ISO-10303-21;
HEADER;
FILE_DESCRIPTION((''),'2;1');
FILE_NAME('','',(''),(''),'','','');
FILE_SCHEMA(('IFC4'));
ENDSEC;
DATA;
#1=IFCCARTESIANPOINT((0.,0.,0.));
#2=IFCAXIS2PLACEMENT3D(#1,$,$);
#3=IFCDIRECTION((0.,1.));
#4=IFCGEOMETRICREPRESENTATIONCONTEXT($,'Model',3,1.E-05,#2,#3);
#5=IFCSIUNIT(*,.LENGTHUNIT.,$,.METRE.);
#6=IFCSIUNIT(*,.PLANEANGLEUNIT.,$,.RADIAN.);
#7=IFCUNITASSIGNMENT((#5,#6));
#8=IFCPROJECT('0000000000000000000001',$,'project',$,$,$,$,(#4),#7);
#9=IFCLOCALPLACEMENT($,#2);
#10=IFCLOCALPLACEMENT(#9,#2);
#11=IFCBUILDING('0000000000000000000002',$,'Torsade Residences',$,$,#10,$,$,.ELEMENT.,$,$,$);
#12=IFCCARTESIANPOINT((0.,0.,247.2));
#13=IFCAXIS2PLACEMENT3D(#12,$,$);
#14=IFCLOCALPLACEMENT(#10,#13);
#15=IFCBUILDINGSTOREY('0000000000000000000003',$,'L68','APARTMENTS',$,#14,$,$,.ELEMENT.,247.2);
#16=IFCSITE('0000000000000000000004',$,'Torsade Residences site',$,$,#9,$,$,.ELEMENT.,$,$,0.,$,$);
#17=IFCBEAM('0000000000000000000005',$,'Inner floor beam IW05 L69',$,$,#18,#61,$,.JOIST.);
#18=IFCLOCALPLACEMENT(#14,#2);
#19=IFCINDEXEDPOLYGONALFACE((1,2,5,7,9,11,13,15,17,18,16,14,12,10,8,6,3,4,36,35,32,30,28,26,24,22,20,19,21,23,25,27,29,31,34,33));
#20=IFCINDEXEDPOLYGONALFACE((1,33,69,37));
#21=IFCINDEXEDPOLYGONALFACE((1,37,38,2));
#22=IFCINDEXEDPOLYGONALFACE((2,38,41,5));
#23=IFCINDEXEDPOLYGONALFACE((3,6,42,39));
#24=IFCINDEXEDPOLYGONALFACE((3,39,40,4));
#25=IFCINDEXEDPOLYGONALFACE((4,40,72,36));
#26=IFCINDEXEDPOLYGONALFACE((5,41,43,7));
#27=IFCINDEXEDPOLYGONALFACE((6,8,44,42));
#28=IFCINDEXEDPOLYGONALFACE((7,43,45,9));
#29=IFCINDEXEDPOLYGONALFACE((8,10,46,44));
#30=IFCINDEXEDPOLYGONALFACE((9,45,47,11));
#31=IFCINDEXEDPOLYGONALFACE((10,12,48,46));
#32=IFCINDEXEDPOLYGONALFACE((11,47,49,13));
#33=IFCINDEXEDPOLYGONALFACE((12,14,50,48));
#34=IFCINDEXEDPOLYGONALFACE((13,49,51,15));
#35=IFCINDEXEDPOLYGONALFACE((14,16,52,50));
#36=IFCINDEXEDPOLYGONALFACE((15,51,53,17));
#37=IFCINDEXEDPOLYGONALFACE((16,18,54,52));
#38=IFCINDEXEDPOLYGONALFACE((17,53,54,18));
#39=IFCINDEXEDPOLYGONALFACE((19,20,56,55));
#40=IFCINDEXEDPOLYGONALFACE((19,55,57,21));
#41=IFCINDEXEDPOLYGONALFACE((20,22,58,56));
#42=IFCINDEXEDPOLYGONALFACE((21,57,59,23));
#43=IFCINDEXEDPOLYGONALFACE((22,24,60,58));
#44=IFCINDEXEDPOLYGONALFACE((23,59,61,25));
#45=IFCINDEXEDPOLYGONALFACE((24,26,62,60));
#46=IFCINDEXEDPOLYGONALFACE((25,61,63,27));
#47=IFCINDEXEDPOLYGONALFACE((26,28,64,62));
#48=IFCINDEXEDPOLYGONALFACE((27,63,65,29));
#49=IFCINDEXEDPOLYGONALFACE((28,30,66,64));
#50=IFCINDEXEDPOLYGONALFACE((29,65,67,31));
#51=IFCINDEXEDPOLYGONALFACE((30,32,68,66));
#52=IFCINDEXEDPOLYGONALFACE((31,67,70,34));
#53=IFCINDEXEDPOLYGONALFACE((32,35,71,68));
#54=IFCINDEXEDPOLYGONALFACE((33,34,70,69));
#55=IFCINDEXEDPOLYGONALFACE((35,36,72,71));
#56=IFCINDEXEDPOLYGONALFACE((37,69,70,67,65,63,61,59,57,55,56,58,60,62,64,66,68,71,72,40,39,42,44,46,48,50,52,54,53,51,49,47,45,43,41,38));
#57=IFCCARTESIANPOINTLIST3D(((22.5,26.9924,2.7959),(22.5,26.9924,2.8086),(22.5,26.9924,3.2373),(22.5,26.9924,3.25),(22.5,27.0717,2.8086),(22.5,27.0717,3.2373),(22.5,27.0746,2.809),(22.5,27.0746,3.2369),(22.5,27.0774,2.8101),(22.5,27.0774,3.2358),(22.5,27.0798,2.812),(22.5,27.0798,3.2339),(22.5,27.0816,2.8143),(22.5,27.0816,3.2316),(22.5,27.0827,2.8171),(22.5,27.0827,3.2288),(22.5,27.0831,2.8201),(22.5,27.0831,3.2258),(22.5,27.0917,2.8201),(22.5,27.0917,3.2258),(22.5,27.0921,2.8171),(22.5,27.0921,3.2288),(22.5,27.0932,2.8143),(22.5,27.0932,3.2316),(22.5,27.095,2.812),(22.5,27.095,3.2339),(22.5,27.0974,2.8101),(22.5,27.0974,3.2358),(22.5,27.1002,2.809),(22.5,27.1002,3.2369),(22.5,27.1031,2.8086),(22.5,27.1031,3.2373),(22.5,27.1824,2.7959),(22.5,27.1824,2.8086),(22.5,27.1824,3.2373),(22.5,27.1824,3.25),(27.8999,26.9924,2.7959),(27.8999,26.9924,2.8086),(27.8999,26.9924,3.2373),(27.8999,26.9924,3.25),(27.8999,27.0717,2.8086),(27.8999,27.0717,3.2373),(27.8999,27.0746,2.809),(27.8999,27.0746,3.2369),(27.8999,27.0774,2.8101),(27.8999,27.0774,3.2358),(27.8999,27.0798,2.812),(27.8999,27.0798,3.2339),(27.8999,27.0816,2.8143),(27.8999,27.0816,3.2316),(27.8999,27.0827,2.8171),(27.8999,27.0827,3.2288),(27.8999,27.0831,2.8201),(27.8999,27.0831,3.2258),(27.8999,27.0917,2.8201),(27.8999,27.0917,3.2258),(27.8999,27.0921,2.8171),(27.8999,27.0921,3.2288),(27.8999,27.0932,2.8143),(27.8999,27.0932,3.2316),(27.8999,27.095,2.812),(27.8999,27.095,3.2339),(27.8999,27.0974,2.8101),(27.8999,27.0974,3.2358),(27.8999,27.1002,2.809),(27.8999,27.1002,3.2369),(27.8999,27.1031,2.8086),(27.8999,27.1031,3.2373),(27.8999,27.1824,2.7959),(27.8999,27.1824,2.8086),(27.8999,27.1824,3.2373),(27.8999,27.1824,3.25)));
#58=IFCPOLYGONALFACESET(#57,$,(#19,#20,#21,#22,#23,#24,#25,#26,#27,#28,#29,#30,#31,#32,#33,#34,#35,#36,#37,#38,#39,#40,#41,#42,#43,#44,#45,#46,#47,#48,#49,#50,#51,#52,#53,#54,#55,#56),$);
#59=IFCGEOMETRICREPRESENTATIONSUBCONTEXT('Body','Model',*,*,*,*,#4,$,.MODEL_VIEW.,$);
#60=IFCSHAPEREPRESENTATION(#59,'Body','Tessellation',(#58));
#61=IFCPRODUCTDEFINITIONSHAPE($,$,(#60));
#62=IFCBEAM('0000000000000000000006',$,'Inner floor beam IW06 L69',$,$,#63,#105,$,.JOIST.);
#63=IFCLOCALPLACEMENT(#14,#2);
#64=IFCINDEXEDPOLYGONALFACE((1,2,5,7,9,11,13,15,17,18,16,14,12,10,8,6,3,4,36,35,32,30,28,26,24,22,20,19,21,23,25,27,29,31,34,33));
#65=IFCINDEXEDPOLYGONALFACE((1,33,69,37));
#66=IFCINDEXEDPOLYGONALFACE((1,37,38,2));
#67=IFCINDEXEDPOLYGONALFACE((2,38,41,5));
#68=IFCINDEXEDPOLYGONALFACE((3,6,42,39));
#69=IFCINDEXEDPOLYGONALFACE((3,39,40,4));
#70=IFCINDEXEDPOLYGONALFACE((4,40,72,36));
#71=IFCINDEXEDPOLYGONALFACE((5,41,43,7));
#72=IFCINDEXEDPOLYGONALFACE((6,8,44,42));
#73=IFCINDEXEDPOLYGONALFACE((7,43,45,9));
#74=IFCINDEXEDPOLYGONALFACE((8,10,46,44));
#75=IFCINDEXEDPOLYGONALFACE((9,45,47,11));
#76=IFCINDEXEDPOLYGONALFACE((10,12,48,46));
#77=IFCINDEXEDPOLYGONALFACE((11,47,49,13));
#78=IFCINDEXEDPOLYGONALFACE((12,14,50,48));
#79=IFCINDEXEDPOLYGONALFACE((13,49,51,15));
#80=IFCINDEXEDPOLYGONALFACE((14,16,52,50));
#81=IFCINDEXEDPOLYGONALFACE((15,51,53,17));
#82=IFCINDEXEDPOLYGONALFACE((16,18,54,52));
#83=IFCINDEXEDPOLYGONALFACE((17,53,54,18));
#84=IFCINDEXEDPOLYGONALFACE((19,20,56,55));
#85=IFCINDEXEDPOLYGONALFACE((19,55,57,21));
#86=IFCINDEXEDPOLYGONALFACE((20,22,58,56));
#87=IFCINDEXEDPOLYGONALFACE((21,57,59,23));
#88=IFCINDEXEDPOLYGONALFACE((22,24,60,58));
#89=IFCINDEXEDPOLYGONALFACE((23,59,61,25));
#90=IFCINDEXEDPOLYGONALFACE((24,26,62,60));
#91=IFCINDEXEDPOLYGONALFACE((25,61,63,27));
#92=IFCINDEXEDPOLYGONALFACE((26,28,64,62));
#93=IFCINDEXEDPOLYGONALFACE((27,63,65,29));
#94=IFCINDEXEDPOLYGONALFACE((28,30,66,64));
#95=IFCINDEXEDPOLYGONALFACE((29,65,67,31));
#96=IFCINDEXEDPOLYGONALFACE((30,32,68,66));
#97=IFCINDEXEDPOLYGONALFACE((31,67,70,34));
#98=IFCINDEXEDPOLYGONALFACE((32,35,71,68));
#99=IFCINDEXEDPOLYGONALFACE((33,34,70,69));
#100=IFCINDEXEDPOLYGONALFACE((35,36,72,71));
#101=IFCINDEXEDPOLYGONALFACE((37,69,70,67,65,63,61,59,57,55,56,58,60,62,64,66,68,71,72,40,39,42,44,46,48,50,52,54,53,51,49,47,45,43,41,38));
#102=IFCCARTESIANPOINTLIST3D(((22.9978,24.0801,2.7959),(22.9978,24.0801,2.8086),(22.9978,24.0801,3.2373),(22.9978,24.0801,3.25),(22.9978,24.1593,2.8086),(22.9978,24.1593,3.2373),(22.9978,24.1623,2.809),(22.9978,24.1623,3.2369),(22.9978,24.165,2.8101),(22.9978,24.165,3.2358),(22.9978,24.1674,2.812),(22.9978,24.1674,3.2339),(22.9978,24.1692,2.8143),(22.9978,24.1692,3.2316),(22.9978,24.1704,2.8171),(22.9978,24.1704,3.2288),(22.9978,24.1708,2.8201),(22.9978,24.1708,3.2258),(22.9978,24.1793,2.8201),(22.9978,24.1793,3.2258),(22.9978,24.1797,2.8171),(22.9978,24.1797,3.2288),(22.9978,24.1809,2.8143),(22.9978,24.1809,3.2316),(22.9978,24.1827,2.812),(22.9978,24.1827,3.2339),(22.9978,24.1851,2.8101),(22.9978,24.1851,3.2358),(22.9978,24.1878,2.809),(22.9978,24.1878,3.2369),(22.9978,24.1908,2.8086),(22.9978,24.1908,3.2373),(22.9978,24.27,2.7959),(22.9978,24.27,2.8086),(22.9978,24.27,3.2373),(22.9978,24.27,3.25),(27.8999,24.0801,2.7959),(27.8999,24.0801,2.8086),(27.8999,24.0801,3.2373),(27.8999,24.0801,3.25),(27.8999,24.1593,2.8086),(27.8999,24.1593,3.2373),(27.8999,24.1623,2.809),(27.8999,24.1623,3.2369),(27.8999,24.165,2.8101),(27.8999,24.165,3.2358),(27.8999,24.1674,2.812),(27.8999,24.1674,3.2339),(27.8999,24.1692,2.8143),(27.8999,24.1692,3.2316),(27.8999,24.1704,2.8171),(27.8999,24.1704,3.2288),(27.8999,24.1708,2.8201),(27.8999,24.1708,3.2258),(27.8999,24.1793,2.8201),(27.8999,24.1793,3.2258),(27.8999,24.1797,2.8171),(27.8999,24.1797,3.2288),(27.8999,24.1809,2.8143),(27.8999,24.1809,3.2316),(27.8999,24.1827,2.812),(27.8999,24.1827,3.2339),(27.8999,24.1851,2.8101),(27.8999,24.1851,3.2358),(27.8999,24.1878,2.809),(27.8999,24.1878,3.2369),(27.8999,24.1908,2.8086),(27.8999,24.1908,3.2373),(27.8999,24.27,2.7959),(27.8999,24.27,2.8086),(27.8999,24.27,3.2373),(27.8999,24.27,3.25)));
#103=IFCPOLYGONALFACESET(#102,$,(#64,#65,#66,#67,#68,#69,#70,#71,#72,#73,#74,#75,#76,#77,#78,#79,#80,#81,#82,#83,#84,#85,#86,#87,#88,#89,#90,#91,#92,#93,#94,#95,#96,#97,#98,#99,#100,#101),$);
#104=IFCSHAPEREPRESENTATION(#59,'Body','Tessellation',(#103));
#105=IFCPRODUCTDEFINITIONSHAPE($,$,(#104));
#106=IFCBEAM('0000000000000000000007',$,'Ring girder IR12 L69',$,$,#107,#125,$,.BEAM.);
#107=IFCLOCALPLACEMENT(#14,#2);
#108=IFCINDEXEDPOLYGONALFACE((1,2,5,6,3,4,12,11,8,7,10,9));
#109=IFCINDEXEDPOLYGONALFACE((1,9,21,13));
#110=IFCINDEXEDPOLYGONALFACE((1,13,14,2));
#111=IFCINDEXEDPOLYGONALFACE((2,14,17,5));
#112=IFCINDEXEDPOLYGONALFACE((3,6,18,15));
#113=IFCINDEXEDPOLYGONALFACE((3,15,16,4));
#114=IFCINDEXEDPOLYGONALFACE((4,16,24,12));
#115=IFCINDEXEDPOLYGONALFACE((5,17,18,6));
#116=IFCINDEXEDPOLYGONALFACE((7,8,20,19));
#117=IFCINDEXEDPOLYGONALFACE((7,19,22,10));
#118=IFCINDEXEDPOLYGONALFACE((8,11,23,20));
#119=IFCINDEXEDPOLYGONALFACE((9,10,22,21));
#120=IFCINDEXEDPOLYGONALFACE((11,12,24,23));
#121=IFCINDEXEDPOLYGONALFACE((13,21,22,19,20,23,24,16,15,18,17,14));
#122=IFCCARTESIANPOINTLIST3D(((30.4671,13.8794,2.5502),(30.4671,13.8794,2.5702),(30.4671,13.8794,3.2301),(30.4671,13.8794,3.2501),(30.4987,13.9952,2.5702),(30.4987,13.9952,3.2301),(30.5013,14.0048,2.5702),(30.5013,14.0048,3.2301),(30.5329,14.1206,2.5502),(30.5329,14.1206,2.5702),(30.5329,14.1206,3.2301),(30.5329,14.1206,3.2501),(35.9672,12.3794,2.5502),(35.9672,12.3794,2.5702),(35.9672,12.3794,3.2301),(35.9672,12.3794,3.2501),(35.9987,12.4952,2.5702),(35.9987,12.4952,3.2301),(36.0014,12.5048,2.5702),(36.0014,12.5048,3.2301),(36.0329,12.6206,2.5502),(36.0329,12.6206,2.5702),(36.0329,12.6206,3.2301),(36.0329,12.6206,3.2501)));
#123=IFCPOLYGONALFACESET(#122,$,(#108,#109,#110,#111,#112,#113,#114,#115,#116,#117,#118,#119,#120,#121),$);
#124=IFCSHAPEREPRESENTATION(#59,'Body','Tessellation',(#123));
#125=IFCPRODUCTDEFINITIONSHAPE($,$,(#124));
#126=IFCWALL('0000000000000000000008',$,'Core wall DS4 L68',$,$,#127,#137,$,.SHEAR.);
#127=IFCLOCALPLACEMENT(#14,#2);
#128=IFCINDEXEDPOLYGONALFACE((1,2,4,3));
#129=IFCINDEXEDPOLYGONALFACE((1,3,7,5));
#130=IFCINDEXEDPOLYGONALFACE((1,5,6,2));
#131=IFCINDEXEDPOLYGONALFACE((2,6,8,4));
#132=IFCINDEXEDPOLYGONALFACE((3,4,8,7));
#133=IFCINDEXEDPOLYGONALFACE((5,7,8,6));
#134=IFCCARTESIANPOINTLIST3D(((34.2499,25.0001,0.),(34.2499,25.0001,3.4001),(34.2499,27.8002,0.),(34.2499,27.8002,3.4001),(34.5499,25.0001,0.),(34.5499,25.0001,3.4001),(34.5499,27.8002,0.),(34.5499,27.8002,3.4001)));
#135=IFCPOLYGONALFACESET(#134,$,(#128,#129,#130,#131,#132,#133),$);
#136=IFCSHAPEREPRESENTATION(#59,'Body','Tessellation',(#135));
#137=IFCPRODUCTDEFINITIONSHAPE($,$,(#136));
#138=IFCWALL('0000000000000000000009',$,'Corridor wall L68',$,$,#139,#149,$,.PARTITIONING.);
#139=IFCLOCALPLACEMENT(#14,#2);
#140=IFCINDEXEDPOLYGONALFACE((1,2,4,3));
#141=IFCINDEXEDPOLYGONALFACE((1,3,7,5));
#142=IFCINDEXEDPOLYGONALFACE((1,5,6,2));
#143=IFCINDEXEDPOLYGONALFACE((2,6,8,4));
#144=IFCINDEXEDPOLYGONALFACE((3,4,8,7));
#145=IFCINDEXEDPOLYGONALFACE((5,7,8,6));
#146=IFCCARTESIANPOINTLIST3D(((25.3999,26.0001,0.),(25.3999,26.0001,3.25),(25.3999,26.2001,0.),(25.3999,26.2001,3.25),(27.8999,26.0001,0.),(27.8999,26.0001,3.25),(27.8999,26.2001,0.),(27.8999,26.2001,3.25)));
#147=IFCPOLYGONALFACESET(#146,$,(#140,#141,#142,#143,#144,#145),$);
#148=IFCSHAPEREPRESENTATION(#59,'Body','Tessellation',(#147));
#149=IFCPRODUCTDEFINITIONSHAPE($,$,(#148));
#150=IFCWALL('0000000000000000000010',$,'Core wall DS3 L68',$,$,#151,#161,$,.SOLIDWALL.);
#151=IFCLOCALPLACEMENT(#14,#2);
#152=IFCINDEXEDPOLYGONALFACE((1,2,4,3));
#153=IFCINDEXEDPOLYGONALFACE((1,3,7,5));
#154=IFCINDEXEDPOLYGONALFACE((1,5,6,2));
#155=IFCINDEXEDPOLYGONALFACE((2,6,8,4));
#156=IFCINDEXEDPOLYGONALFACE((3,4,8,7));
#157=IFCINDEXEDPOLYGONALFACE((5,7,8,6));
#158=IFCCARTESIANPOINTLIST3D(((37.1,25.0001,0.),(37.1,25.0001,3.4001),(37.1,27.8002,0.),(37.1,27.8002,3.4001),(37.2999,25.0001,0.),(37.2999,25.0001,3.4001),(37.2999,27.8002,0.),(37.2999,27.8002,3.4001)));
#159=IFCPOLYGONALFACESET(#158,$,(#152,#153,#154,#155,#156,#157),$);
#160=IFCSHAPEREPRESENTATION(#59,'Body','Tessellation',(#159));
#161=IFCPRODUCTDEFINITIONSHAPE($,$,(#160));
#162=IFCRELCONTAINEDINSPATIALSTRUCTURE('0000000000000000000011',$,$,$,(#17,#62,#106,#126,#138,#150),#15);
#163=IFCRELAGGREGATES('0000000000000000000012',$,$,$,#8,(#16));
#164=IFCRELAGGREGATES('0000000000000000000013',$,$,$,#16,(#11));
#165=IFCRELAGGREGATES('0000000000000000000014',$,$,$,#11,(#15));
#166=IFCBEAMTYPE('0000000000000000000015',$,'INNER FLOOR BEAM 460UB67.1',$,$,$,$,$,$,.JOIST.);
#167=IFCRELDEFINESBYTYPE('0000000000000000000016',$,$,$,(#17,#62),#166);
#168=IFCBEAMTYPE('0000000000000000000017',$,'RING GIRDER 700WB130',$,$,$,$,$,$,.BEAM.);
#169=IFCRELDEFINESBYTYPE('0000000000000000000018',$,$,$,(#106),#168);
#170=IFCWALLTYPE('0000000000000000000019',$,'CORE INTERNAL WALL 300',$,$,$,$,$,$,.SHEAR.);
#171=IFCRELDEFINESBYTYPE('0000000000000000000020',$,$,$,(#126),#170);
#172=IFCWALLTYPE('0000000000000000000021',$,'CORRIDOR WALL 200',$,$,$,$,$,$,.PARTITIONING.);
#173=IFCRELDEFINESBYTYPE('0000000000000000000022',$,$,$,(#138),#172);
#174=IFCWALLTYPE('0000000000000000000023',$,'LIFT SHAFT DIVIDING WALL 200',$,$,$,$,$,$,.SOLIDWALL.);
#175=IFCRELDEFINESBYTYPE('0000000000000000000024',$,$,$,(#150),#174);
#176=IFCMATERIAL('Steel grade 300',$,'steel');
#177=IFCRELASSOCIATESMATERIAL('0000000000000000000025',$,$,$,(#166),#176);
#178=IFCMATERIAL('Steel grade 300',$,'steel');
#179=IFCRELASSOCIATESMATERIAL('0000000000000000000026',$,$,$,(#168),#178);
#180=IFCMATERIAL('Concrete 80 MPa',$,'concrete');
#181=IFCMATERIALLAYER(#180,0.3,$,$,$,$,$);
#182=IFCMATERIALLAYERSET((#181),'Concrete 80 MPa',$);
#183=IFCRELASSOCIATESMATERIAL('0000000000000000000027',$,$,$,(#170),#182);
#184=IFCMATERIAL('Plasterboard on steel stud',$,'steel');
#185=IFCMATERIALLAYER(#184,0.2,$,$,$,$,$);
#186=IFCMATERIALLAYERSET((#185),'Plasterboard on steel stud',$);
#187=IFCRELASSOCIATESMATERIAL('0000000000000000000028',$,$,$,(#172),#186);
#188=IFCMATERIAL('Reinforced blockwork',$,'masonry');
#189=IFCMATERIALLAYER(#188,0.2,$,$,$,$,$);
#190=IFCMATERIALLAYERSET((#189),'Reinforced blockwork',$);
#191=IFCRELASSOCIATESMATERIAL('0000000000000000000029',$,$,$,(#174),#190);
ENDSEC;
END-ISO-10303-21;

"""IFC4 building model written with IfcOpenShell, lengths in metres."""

from ifc_helpers import new_model, si_unit, direction, frame, frame_2d, origin, origin_2d, place, context, subcontext, project, spatial, rectangle, i_section, extrude, material, layer, layer_set, material_profile, profile_set, type_object, element, save


model = new_model("IFC4")

# Units and contexts
model_context = context("Model", 3, precision=1e-05, world=origin(), true_north=direction((0.0, 1.0)))
body_context = subcontext(model_context, "Body", "Model", "MODEL_VIEW")
ifc_project = project(units=[si_unit("LENGTHUNIT", "METRE"), si_unit("PLANEANGLEUNIT", "RADIAN")], contexts=[model_context])

# Site, building, storey
site_placement = place(None, origin())
site = spatial("IfcSite", under=ifc_project, at=site_placement, Name="Torsade Residences site", CompositionType="ELEMENT", RefElevation=0.0)
building_placement = place(site_placement, origin())
building = spatial("IfcBuilding", under=site, at=building_placement, Name="Torsade Residences", CompositionType="ELEMENT")
storey_placement = place(building_placement, frame((0.0, 0.0, 247.2)))
storey = spatial("IfcBuildingStorey", under=building, at=storey_placement, Name="L68", Description="APARTMENTS", CompositionType="ELEMENT", Elevation=247.2)

# Beams
ifc_material_1 = material(Name="Steel grade 300", Category="steel")
ifc_material_profile_1 = material_profile(ifc_material_1, i_section(OverallWidth=0.1899, OverallDepth=0.4541, WebThickness=0.0085, FlangeThickness=0.0127, FilletRadius=0.0115, at=origin_2d()), Name="460UB67.1")
ifc_profile_set_1 = profile_set([ifc_material_profile_1], Name="Steel grade 300")
beam_type_1 = type_object("IfcBeamType", Name="INNER FLOOR BEAM 460UB67.1", PredefinedType="JOIST", material=ifc_profile_set_1)
beam_1_placement = place(storey_placement, frame((27.8999, 27.0874, 3.0229), z_axis=(-1.0, 0.0, 0.0), x_axis=(0.0, -1.0, 0.0)))
element("IfcBeam", 1, at=beam_1_placement, inside=storey, type_object=beam_type_1, Name="Inner floor beam IW05 L69", PredefinedType="JOIST", context=body_context, shape_type="SweptSolid", body=[
    extrude(i_section(OverallWidth=0.1899, OverallDepth=0.4541, WebThickness=0.0085, FlangeThickness=0.0127, FilletRadius=0.0115, at=origin_2d()), origin(), (0.0, 0.0, 1.0), 5.3999),
])
beam_2_placement = place(storey_placement, frame((27.8999, 24.175, 3.0229), z_axis=(-1.0, 0.0, 0.0), x_axis=(0.0, -1.0, 0.0)))
element("IfcBeam", 2, at=beam_2_placement, inside=storey, type_object=beam_type_1, Name="Inner floor beam IW06 L69", PredefinedType="JOIST", context=body_context, shape_type="SweptSolid", body=[
    extrude(i_section(OverallWidth=0.1899, OverallDepth=0.4541, WebThickness=0.0085, FlangeThickness=0.0127, FilletRadius=0.0115, at=origin_2d()), origin(), (0.0, 0.0, 1.0), 4.9021),
])
ifc_material_2 = material(Name="Steel grade 300", Category="steel")
ifc_material_profile_2 = material_profile(ifc_material_2, i_section(OverallWidth=0.25, OverallDepth=0.7, WebThickness=0.01, FlangeThickness=0.02, at=origin_2d()), Name="700WB130")
ifc_profile_set_2 = profile_set([ifc_material_profile_2], Name="Steel grade 300")
beam_type_2 = type_object("IfcBeamType", Name="RING GIRDER 700WB130", PredefinedType="BEAM", material=ifc_profile_set_2)
beam_3_placement = place(storey_placement, frame((30.5, 14.0, 2.9001), z_axis=(0.964764, -0.263117, 0.0), x_axis=(0.263117, 0.964764, 0.0)))
element("IfcBeam", 3, at=beam_3_placement, inside=storey, type_object=beam_type_2, Name="Ring girder IR12 L69", PredefinedType="BEAM", context=body_context, shape_type="SweptSolid", body=[
    extrude(i_section(OverallWidth=0.25, OverallDepth=0.7, WebThickness=0.01, FlangeThickness=0.02, at=origin_2d()), origin(), (0.0, 0.0, 1.0), 5.7009),
])

# Walls
ifc_material_3 = material(Name="Concrete 80 MPa", Category="concrete")
ifc_layer_1 = layer(ifc_material_3, 0.3)
ifc_layer_set_1 = layer_set([ifc_layer_1], Name="Concrete 80 MPa")
wall_type_1 = type_object("IfcWallType", Name="CORE INTERNAL WALL 300", PredefinedType="SHEAR", material=ifc_layer_set_1)
wall_1_placement = place(storey_placement, frame((34.3999, 27.8, 0.0), z_axis=(0.0, 0.0, 1.0), x_axis=(0.0, -1.0, 0.0)))
element("IfcWall", 4, at=wall_1_placement, inside=storey, type_object=wall_type_1, Name="Core wall DS4 L68", PredefinedType="SHEAR", context=body_context, shape_type="SweptSolid", body=[
    extrude(rectangle(XDim=2.8, YDim=0.3, at=frame_2d((1.3999, 0.0))), origin(), (0.0, 0.0, 1.0), 3.4001),
])
ifc_material_4 = material(Name="Plasterboard on steel stud", Category="steel")
ifc_layer_2 = layer(ifc_material_4, 0.2)
ifc_layer_set_2 = layer_set([ifc_layer_2], Name="Plasterboard on steel stud")
wall_type_2 = type_object("IfcWallType", Name="CORRIDOR WALL 200", PredefinedType="PARTITIONING", material=ifc_layer_set_2)
wall_2_placement = place(storey_placement, frame((27.8999, 26.1001, 0.0), z_axis=(0.0, 0.0, 1.0), x_axis=(-1.0, 0.0, 0.0)))
element("IfcWall", 5, at=wall_2_placement, inside=storey, type_object=wall_type_2, Name="Corridor wall L68", PredefinedType="PARTITIONING", context=body_context, shape_type="SweptSolid", body=[
    extrude(rectangle(XDim=2.5, YDim=0.2, at=frame_2d((1.25, 0.0))), origin(), (0.0, 0.0, 1.0), 3.25),
])
ifc_material_5 = material(Name="Reinforced blockwork", Category="masonry")
ifc_layer_3 = layer(ifc_material_5, 0.2)
ifc_layer_set_3 = layer_set([ifc_layer_3], Name="Reinforced blockwork")
wall_type_3 = type_object("IfcWallType", Name="LIFT SHAFT DIVIDING WALL 200", PredefinedType="SOLIDWALL", material=ifc_layer_set_3)
wall_3_placement = place(storey_placement, frame((37.2, 27.8, 0.0), z_axis=(0.0, 0.0, 1.0), x_axis=(0.0, -1.0, 0.0)))
element("IfcWall", 6, at=wall_3_placement, inside=storey, type_object=wall_type_3, Name="Core wall DS3 L68", PredefinedType="SOLIDWALL", context=body_context, shape_type="SweptSolid", body=[
    extrude(rectangle(XDim=2.8, YDim=0.2, at=frame_2d((1.3999, 0.0))), origin(), (0.0, 0.0, 1.0), 3.4001),
])

save(model, "model.ifc")
